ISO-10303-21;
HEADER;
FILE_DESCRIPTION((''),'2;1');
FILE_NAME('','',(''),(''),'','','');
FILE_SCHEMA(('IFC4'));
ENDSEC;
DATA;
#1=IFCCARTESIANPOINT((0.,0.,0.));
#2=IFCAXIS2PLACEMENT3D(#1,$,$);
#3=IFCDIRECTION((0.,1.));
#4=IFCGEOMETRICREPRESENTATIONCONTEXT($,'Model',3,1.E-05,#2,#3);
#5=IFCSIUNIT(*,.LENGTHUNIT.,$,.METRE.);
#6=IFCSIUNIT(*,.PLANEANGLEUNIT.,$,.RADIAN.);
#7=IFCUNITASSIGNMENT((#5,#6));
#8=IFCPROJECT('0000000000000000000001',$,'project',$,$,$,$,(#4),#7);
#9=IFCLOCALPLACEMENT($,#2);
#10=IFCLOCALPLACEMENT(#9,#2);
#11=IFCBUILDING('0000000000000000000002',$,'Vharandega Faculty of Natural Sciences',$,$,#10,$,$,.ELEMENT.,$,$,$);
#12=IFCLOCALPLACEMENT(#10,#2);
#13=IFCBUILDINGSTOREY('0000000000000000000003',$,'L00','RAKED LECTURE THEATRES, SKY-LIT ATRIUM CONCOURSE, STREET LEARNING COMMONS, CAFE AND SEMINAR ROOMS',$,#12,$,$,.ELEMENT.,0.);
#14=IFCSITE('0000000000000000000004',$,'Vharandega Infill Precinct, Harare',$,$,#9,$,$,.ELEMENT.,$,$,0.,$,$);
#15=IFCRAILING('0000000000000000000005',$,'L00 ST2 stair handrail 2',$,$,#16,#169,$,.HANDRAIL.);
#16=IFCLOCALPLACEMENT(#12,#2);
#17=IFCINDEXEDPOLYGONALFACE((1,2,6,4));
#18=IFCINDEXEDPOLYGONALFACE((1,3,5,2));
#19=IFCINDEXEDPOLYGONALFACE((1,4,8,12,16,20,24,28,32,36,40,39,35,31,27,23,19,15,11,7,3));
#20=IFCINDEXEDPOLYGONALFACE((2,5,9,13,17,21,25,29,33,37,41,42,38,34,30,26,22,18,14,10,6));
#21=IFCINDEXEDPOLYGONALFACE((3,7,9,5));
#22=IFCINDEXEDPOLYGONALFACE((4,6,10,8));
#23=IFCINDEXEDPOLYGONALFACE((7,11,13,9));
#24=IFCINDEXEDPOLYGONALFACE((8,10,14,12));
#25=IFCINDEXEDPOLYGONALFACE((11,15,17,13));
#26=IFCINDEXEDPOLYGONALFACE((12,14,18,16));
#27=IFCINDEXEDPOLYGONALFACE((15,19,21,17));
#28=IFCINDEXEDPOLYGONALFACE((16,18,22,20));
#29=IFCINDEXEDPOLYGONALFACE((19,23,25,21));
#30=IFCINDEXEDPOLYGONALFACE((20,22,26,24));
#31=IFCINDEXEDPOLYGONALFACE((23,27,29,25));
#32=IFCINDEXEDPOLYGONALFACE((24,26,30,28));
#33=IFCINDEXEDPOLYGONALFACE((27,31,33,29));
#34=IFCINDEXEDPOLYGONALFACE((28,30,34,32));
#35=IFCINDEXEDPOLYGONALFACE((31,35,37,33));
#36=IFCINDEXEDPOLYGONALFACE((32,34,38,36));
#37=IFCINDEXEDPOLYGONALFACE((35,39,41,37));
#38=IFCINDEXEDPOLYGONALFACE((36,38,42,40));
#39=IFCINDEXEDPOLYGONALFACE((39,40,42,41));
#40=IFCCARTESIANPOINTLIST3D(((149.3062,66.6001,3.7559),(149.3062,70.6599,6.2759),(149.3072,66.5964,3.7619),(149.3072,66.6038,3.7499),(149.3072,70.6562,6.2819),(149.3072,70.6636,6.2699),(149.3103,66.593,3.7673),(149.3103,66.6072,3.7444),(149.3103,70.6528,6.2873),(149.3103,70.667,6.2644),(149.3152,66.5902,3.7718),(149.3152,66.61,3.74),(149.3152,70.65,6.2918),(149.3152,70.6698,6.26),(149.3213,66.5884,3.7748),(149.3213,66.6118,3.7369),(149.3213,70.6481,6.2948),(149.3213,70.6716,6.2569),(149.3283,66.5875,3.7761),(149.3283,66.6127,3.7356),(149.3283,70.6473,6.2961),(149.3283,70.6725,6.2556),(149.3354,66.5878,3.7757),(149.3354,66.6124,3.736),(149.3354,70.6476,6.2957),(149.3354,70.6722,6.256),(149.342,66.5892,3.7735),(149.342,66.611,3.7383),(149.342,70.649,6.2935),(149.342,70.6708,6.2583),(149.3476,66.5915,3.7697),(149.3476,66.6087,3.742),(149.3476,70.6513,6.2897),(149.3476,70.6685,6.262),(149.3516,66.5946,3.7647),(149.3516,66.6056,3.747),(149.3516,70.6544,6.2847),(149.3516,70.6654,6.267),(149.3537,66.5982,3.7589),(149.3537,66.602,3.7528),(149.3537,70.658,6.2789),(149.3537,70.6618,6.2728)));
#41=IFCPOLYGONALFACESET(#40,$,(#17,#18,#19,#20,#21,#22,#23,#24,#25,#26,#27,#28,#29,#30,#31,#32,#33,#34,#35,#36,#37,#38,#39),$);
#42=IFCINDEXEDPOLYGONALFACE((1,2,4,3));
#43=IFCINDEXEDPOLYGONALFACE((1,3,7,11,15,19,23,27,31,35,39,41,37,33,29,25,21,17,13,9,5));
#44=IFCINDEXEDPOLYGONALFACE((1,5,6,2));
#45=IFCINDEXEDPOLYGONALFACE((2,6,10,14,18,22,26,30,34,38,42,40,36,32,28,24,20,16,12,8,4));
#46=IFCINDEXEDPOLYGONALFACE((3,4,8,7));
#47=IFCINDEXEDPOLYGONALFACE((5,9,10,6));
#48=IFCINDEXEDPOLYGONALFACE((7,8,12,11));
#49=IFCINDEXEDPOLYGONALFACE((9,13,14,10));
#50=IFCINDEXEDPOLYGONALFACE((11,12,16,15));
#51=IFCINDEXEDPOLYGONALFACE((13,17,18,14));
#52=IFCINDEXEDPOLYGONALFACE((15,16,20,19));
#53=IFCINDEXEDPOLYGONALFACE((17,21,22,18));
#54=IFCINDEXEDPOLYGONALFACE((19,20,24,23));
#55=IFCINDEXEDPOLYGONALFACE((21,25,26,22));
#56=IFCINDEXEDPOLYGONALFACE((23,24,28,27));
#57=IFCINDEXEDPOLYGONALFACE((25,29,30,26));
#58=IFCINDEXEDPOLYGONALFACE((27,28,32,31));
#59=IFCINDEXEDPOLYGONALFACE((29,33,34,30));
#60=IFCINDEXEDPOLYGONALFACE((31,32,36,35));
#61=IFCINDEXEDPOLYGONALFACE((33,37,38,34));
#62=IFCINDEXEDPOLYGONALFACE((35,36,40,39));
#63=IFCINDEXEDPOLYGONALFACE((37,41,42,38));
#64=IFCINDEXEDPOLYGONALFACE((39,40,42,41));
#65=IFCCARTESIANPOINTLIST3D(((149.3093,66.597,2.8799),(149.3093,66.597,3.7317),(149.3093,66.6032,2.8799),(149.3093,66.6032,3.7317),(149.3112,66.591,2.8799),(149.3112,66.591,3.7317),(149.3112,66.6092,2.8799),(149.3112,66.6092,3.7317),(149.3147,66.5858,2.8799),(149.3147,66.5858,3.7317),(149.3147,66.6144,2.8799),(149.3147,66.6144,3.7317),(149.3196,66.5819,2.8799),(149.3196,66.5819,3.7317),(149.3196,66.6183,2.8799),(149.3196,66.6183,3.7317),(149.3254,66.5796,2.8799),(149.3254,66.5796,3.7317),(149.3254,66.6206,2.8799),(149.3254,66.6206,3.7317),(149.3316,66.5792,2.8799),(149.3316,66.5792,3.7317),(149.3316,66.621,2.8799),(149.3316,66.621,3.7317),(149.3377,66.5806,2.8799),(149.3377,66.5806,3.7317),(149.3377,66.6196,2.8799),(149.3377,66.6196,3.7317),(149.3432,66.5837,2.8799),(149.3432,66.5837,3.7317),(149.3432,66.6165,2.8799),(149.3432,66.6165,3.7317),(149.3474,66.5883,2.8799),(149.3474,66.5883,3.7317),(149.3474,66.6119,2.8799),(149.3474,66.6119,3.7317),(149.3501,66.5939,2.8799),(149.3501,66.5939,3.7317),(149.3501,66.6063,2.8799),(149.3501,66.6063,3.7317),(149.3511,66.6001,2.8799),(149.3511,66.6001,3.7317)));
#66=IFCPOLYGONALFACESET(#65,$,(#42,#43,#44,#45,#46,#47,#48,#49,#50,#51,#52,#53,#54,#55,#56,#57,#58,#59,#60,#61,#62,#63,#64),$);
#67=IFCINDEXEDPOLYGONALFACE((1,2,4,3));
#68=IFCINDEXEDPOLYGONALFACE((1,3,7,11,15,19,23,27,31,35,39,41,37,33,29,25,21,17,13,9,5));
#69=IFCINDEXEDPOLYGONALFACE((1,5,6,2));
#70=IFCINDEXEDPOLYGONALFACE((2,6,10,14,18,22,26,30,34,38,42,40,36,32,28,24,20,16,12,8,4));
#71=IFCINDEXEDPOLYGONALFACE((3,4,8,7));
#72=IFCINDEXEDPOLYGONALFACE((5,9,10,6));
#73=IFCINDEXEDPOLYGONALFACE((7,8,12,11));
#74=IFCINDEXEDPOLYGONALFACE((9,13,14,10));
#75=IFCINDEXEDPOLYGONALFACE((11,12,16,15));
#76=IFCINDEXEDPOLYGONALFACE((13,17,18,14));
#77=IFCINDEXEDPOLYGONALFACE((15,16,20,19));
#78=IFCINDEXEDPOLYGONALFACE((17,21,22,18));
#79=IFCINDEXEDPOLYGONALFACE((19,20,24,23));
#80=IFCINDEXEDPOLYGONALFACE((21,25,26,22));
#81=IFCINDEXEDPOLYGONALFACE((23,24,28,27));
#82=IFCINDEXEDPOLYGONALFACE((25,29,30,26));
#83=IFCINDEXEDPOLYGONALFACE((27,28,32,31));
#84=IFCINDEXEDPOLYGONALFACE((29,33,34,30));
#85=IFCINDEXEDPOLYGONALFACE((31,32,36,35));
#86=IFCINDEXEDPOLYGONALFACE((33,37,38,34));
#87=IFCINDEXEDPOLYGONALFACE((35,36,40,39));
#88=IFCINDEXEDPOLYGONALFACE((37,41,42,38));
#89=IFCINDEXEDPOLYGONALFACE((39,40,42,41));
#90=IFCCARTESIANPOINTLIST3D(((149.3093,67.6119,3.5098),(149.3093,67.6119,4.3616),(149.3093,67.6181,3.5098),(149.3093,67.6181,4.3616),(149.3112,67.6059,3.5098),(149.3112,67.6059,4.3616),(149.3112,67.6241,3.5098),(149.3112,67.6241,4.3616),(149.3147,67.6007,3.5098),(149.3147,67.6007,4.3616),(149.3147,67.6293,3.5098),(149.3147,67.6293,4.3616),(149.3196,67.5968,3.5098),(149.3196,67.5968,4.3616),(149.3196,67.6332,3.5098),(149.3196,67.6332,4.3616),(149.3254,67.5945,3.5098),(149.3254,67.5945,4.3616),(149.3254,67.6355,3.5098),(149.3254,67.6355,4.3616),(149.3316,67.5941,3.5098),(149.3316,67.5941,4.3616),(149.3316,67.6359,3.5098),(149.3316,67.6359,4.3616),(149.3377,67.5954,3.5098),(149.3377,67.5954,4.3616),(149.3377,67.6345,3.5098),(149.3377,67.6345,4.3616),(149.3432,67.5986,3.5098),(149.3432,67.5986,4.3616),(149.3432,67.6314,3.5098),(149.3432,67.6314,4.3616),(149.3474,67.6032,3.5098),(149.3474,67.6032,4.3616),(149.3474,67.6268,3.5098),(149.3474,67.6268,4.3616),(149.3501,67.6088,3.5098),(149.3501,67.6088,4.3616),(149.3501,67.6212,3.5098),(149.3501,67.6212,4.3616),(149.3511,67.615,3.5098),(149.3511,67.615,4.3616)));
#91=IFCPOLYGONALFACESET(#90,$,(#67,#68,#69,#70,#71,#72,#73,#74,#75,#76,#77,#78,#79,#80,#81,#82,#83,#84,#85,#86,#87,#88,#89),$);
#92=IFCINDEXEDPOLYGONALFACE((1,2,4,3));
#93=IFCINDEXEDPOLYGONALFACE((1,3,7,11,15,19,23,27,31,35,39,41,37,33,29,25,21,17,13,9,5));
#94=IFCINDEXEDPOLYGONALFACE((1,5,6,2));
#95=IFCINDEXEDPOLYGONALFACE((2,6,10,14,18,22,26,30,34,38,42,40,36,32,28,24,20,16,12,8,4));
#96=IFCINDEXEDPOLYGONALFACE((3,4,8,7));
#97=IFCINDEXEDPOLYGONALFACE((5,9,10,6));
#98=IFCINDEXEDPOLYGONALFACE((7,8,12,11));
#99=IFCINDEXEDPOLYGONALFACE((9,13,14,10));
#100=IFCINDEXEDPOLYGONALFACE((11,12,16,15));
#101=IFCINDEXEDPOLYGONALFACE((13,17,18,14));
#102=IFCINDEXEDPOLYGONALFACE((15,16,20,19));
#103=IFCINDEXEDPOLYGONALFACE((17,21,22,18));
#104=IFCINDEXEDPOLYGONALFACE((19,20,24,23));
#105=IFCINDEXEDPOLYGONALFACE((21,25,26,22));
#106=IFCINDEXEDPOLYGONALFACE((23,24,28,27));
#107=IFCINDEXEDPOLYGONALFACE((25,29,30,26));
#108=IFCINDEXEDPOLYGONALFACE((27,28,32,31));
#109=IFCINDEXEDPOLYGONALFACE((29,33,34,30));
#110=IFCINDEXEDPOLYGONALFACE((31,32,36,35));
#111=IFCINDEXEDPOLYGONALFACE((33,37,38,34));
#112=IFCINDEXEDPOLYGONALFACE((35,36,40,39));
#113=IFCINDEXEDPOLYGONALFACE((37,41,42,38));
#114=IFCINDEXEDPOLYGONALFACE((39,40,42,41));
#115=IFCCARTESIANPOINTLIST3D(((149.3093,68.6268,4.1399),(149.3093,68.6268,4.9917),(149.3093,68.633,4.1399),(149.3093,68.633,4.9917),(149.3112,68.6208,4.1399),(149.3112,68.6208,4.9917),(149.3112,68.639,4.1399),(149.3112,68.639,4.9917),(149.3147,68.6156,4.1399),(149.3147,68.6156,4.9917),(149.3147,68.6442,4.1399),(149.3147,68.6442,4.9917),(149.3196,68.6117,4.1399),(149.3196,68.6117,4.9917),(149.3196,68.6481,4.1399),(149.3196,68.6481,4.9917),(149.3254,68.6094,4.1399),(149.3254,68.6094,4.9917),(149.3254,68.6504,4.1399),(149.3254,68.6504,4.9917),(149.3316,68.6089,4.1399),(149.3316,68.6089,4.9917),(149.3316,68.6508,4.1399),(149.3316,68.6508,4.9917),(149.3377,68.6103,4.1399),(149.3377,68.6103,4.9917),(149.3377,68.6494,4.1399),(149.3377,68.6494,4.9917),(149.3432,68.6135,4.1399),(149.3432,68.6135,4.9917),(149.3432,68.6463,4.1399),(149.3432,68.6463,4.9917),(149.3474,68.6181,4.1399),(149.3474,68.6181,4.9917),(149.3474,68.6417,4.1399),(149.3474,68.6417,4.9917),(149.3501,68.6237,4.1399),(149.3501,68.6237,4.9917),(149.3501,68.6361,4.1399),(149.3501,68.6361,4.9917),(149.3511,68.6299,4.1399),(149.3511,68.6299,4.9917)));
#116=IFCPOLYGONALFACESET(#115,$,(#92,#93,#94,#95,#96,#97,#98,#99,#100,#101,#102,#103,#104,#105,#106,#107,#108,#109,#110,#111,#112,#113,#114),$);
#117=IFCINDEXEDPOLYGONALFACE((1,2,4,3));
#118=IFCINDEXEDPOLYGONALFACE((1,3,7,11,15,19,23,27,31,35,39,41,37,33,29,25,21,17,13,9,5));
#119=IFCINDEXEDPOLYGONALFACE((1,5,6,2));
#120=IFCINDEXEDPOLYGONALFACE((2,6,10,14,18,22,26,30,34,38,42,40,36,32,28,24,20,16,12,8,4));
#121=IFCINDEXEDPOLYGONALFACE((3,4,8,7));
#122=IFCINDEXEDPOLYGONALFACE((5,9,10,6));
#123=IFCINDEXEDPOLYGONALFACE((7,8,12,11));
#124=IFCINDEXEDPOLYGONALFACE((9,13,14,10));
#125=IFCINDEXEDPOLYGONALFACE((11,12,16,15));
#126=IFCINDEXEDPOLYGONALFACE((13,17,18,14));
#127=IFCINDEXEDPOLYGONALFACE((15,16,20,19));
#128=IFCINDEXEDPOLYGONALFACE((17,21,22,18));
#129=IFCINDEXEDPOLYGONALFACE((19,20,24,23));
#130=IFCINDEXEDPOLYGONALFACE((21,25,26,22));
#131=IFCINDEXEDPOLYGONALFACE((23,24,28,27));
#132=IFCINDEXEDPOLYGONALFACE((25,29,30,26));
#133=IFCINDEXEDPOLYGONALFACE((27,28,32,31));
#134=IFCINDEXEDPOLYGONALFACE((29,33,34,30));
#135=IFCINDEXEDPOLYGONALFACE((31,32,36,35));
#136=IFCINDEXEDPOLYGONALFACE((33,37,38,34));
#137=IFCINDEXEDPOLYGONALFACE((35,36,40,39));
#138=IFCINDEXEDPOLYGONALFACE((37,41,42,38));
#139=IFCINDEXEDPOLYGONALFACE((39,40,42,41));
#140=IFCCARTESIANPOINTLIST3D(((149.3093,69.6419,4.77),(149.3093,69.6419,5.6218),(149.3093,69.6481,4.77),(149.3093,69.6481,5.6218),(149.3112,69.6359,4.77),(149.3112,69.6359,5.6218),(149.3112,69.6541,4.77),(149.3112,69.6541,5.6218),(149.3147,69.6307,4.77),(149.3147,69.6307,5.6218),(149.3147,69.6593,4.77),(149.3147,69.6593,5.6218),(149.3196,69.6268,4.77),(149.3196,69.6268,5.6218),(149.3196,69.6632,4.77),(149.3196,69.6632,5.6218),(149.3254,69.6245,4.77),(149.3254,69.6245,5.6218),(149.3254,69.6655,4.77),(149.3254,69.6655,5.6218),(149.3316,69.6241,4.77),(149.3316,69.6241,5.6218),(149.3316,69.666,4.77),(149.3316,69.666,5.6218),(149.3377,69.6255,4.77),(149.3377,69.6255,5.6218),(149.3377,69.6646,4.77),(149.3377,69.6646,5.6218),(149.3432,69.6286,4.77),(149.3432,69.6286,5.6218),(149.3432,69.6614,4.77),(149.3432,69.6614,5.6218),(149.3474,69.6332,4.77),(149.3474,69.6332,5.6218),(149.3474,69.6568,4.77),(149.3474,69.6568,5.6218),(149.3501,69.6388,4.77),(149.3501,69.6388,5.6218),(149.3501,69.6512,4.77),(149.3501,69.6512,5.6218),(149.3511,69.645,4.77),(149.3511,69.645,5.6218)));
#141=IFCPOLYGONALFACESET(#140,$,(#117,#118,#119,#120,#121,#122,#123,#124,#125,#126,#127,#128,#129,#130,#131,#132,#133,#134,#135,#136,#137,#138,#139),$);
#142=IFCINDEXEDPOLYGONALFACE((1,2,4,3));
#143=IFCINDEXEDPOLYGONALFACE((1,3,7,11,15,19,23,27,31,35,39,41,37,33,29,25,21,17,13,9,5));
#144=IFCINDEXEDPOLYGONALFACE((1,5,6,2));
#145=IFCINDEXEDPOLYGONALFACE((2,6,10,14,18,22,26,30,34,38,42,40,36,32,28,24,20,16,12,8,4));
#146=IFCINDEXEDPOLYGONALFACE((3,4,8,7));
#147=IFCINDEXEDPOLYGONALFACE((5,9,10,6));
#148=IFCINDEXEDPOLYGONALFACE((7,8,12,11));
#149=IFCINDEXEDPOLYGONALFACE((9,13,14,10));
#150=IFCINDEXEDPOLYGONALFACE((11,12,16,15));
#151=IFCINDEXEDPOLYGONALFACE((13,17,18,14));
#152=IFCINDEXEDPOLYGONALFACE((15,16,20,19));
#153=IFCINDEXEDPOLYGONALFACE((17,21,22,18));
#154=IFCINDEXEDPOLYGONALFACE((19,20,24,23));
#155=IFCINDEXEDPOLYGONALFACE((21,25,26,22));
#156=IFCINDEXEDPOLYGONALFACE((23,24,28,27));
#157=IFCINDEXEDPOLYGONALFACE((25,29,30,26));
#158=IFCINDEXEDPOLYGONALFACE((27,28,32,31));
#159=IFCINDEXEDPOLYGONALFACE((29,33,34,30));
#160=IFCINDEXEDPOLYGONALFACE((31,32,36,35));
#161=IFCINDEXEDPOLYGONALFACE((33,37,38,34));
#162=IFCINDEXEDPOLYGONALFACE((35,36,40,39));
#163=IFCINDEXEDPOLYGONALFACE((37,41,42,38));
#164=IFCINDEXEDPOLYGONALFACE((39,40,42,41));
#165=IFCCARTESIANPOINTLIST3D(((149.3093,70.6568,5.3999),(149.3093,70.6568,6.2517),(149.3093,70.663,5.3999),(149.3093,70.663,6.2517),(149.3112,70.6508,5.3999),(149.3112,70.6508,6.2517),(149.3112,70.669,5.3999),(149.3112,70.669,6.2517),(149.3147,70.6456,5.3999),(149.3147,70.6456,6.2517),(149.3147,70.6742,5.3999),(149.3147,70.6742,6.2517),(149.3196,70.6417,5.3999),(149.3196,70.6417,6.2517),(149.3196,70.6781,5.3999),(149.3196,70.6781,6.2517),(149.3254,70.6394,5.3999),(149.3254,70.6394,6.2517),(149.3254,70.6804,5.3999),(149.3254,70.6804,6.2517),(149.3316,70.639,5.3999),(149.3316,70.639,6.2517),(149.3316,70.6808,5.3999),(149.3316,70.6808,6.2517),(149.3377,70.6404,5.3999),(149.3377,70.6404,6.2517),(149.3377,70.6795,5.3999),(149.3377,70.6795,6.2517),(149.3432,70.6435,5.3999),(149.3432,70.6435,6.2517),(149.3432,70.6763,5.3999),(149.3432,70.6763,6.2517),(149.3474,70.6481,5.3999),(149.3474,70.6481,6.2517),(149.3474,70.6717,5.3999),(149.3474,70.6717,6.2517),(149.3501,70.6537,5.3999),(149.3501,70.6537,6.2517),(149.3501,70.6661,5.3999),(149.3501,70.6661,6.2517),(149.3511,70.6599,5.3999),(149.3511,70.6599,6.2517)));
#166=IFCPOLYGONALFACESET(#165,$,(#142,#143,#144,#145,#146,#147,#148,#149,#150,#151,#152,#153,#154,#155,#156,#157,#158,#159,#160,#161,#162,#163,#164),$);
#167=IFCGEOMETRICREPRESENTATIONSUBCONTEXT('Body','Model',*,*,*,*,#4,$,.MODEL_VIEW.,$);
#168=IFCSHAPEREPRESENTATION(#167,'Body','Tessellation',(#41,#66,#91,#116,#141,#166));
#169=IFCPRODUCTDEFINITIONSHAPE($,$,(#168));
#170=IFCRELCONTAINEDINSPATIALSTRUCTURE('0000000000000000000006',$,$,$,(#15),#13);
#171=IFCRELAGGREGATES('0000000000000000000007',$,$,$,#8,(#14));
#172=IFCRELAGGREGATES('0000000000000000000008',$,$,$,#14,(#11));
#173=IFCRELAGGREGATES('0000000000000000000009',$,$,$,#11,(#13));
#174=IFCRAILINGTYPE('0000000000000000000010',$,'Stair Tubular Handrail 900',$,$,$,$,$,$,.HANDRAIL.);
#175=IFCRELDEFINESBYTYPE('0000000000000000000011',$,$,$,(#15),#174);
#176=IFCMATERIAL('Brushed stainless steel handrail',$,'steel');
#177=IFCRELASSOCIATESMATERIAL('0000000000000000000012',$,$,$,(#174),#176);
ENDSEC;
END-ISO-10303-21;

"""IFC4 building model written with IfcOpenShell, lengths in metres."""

from ifc_helpers import new_model, si_unit, direction, frame, origin, origin_2d, place, context, subcontext, project, spatial, circle, extrude, material, type_object, element, save


model = new_model("IFC4")

# Units and contexts
model_context = context("Model", 3, precision=1e-05, world=origin(), true_north=direction((0.0, 1.0)))
body_context = subcontext(model_context, "Body", "Model", "MODEL_VIEW")
ifc_project = project(units=[si_unit("LENGTHUNIT", "METRE"), si_unit("PLANEANGLEUNIT", "RADIAN")], contexts=[model_context])

# Site, building, storey
site_placement = place(None, origin())
site = spatial("IfcSite", under=ifc_project, at=site_placement, Name="Vharandega Infill Precinct, Harare", CompositionType="ELEMENT", RefElevation=0.0)
building_placement = place(site_placement, origin())
building = spatial("IfcBuilding", under=site, at=building_placement, Name="Vharandega Faculty of Natural Sciences", CompositionType="ELEMENT")
storey_placement = place(building_placement, origin())
storey = spatial("IfcBuildingStorey", under=building, at=storey_placement, Name="L00", Description="RAKED LECTURE THEATRES, SKY-LIT ATRIUM CONCOURSE, STREET LEARNING COMMONS, CAFE AND SEMINAR ROOMS", CompositionType="ELEMENT", Elevation=0.0)

# Railing
ifc_material_1 = material(Name="Brushed stainless steel handrail", Category="steel")
railing_type_1 = type_object("IfcRailingType", Name="Stair Tubular Handrail 900", PredefinedType="HANDRAIL", material=ifc_material_1)
railing_1_placement = place(storey_placement, frame((149.3301, 66.6001, 2.8799)))
element("IfcRailing", 1, at=railing_1_placement, inside=storey, type_object=railing_type_1, Name="L00 ST2 stair handrail 2", PredefinedType="HANDRAIL", context=body_context, shape_type="SweptSolid", body=[
    extrude(circle(Radius=0.0239, at=origin_2d()), frame((0.0, 0.0, 0.876), z_axis=(0.0, 0.849628, 0.527383), x_axis=(-1.0, 0.0, 0.0)), (0.0, 0.0, 1.0), 4.7783),
    extrude(circle(Radius=0.021, at=origin_2d()), origin(), (0.0, 0.0, 1.0), 0.8518),
    extrude(circle(Radius=0.021, at=origin_2d()), frame((0.0, 1.0149, 0.6299)), (0.0, 0.0, 1.0), 0.8518),
    extrude(circle(Radius=0.021, at=origin_2d()), frame((0.0, 2.0298, 1.26)), (0.0, 0.0, 1.0), 0.8518),
    extrude(circle(Radius=0.021, at=origin_2d()), frame((0.0, 3.0449, 1.8901)), (0.0, 0.0, 1.0), 0.8518),
    extrude(circle(Radius=0.021, at=origin_2d()), frame((0.0, 4.0598, 2.52)), (0.0, 0.0, 1.0), 0.8518),
])

save(model, "model.ifc")
